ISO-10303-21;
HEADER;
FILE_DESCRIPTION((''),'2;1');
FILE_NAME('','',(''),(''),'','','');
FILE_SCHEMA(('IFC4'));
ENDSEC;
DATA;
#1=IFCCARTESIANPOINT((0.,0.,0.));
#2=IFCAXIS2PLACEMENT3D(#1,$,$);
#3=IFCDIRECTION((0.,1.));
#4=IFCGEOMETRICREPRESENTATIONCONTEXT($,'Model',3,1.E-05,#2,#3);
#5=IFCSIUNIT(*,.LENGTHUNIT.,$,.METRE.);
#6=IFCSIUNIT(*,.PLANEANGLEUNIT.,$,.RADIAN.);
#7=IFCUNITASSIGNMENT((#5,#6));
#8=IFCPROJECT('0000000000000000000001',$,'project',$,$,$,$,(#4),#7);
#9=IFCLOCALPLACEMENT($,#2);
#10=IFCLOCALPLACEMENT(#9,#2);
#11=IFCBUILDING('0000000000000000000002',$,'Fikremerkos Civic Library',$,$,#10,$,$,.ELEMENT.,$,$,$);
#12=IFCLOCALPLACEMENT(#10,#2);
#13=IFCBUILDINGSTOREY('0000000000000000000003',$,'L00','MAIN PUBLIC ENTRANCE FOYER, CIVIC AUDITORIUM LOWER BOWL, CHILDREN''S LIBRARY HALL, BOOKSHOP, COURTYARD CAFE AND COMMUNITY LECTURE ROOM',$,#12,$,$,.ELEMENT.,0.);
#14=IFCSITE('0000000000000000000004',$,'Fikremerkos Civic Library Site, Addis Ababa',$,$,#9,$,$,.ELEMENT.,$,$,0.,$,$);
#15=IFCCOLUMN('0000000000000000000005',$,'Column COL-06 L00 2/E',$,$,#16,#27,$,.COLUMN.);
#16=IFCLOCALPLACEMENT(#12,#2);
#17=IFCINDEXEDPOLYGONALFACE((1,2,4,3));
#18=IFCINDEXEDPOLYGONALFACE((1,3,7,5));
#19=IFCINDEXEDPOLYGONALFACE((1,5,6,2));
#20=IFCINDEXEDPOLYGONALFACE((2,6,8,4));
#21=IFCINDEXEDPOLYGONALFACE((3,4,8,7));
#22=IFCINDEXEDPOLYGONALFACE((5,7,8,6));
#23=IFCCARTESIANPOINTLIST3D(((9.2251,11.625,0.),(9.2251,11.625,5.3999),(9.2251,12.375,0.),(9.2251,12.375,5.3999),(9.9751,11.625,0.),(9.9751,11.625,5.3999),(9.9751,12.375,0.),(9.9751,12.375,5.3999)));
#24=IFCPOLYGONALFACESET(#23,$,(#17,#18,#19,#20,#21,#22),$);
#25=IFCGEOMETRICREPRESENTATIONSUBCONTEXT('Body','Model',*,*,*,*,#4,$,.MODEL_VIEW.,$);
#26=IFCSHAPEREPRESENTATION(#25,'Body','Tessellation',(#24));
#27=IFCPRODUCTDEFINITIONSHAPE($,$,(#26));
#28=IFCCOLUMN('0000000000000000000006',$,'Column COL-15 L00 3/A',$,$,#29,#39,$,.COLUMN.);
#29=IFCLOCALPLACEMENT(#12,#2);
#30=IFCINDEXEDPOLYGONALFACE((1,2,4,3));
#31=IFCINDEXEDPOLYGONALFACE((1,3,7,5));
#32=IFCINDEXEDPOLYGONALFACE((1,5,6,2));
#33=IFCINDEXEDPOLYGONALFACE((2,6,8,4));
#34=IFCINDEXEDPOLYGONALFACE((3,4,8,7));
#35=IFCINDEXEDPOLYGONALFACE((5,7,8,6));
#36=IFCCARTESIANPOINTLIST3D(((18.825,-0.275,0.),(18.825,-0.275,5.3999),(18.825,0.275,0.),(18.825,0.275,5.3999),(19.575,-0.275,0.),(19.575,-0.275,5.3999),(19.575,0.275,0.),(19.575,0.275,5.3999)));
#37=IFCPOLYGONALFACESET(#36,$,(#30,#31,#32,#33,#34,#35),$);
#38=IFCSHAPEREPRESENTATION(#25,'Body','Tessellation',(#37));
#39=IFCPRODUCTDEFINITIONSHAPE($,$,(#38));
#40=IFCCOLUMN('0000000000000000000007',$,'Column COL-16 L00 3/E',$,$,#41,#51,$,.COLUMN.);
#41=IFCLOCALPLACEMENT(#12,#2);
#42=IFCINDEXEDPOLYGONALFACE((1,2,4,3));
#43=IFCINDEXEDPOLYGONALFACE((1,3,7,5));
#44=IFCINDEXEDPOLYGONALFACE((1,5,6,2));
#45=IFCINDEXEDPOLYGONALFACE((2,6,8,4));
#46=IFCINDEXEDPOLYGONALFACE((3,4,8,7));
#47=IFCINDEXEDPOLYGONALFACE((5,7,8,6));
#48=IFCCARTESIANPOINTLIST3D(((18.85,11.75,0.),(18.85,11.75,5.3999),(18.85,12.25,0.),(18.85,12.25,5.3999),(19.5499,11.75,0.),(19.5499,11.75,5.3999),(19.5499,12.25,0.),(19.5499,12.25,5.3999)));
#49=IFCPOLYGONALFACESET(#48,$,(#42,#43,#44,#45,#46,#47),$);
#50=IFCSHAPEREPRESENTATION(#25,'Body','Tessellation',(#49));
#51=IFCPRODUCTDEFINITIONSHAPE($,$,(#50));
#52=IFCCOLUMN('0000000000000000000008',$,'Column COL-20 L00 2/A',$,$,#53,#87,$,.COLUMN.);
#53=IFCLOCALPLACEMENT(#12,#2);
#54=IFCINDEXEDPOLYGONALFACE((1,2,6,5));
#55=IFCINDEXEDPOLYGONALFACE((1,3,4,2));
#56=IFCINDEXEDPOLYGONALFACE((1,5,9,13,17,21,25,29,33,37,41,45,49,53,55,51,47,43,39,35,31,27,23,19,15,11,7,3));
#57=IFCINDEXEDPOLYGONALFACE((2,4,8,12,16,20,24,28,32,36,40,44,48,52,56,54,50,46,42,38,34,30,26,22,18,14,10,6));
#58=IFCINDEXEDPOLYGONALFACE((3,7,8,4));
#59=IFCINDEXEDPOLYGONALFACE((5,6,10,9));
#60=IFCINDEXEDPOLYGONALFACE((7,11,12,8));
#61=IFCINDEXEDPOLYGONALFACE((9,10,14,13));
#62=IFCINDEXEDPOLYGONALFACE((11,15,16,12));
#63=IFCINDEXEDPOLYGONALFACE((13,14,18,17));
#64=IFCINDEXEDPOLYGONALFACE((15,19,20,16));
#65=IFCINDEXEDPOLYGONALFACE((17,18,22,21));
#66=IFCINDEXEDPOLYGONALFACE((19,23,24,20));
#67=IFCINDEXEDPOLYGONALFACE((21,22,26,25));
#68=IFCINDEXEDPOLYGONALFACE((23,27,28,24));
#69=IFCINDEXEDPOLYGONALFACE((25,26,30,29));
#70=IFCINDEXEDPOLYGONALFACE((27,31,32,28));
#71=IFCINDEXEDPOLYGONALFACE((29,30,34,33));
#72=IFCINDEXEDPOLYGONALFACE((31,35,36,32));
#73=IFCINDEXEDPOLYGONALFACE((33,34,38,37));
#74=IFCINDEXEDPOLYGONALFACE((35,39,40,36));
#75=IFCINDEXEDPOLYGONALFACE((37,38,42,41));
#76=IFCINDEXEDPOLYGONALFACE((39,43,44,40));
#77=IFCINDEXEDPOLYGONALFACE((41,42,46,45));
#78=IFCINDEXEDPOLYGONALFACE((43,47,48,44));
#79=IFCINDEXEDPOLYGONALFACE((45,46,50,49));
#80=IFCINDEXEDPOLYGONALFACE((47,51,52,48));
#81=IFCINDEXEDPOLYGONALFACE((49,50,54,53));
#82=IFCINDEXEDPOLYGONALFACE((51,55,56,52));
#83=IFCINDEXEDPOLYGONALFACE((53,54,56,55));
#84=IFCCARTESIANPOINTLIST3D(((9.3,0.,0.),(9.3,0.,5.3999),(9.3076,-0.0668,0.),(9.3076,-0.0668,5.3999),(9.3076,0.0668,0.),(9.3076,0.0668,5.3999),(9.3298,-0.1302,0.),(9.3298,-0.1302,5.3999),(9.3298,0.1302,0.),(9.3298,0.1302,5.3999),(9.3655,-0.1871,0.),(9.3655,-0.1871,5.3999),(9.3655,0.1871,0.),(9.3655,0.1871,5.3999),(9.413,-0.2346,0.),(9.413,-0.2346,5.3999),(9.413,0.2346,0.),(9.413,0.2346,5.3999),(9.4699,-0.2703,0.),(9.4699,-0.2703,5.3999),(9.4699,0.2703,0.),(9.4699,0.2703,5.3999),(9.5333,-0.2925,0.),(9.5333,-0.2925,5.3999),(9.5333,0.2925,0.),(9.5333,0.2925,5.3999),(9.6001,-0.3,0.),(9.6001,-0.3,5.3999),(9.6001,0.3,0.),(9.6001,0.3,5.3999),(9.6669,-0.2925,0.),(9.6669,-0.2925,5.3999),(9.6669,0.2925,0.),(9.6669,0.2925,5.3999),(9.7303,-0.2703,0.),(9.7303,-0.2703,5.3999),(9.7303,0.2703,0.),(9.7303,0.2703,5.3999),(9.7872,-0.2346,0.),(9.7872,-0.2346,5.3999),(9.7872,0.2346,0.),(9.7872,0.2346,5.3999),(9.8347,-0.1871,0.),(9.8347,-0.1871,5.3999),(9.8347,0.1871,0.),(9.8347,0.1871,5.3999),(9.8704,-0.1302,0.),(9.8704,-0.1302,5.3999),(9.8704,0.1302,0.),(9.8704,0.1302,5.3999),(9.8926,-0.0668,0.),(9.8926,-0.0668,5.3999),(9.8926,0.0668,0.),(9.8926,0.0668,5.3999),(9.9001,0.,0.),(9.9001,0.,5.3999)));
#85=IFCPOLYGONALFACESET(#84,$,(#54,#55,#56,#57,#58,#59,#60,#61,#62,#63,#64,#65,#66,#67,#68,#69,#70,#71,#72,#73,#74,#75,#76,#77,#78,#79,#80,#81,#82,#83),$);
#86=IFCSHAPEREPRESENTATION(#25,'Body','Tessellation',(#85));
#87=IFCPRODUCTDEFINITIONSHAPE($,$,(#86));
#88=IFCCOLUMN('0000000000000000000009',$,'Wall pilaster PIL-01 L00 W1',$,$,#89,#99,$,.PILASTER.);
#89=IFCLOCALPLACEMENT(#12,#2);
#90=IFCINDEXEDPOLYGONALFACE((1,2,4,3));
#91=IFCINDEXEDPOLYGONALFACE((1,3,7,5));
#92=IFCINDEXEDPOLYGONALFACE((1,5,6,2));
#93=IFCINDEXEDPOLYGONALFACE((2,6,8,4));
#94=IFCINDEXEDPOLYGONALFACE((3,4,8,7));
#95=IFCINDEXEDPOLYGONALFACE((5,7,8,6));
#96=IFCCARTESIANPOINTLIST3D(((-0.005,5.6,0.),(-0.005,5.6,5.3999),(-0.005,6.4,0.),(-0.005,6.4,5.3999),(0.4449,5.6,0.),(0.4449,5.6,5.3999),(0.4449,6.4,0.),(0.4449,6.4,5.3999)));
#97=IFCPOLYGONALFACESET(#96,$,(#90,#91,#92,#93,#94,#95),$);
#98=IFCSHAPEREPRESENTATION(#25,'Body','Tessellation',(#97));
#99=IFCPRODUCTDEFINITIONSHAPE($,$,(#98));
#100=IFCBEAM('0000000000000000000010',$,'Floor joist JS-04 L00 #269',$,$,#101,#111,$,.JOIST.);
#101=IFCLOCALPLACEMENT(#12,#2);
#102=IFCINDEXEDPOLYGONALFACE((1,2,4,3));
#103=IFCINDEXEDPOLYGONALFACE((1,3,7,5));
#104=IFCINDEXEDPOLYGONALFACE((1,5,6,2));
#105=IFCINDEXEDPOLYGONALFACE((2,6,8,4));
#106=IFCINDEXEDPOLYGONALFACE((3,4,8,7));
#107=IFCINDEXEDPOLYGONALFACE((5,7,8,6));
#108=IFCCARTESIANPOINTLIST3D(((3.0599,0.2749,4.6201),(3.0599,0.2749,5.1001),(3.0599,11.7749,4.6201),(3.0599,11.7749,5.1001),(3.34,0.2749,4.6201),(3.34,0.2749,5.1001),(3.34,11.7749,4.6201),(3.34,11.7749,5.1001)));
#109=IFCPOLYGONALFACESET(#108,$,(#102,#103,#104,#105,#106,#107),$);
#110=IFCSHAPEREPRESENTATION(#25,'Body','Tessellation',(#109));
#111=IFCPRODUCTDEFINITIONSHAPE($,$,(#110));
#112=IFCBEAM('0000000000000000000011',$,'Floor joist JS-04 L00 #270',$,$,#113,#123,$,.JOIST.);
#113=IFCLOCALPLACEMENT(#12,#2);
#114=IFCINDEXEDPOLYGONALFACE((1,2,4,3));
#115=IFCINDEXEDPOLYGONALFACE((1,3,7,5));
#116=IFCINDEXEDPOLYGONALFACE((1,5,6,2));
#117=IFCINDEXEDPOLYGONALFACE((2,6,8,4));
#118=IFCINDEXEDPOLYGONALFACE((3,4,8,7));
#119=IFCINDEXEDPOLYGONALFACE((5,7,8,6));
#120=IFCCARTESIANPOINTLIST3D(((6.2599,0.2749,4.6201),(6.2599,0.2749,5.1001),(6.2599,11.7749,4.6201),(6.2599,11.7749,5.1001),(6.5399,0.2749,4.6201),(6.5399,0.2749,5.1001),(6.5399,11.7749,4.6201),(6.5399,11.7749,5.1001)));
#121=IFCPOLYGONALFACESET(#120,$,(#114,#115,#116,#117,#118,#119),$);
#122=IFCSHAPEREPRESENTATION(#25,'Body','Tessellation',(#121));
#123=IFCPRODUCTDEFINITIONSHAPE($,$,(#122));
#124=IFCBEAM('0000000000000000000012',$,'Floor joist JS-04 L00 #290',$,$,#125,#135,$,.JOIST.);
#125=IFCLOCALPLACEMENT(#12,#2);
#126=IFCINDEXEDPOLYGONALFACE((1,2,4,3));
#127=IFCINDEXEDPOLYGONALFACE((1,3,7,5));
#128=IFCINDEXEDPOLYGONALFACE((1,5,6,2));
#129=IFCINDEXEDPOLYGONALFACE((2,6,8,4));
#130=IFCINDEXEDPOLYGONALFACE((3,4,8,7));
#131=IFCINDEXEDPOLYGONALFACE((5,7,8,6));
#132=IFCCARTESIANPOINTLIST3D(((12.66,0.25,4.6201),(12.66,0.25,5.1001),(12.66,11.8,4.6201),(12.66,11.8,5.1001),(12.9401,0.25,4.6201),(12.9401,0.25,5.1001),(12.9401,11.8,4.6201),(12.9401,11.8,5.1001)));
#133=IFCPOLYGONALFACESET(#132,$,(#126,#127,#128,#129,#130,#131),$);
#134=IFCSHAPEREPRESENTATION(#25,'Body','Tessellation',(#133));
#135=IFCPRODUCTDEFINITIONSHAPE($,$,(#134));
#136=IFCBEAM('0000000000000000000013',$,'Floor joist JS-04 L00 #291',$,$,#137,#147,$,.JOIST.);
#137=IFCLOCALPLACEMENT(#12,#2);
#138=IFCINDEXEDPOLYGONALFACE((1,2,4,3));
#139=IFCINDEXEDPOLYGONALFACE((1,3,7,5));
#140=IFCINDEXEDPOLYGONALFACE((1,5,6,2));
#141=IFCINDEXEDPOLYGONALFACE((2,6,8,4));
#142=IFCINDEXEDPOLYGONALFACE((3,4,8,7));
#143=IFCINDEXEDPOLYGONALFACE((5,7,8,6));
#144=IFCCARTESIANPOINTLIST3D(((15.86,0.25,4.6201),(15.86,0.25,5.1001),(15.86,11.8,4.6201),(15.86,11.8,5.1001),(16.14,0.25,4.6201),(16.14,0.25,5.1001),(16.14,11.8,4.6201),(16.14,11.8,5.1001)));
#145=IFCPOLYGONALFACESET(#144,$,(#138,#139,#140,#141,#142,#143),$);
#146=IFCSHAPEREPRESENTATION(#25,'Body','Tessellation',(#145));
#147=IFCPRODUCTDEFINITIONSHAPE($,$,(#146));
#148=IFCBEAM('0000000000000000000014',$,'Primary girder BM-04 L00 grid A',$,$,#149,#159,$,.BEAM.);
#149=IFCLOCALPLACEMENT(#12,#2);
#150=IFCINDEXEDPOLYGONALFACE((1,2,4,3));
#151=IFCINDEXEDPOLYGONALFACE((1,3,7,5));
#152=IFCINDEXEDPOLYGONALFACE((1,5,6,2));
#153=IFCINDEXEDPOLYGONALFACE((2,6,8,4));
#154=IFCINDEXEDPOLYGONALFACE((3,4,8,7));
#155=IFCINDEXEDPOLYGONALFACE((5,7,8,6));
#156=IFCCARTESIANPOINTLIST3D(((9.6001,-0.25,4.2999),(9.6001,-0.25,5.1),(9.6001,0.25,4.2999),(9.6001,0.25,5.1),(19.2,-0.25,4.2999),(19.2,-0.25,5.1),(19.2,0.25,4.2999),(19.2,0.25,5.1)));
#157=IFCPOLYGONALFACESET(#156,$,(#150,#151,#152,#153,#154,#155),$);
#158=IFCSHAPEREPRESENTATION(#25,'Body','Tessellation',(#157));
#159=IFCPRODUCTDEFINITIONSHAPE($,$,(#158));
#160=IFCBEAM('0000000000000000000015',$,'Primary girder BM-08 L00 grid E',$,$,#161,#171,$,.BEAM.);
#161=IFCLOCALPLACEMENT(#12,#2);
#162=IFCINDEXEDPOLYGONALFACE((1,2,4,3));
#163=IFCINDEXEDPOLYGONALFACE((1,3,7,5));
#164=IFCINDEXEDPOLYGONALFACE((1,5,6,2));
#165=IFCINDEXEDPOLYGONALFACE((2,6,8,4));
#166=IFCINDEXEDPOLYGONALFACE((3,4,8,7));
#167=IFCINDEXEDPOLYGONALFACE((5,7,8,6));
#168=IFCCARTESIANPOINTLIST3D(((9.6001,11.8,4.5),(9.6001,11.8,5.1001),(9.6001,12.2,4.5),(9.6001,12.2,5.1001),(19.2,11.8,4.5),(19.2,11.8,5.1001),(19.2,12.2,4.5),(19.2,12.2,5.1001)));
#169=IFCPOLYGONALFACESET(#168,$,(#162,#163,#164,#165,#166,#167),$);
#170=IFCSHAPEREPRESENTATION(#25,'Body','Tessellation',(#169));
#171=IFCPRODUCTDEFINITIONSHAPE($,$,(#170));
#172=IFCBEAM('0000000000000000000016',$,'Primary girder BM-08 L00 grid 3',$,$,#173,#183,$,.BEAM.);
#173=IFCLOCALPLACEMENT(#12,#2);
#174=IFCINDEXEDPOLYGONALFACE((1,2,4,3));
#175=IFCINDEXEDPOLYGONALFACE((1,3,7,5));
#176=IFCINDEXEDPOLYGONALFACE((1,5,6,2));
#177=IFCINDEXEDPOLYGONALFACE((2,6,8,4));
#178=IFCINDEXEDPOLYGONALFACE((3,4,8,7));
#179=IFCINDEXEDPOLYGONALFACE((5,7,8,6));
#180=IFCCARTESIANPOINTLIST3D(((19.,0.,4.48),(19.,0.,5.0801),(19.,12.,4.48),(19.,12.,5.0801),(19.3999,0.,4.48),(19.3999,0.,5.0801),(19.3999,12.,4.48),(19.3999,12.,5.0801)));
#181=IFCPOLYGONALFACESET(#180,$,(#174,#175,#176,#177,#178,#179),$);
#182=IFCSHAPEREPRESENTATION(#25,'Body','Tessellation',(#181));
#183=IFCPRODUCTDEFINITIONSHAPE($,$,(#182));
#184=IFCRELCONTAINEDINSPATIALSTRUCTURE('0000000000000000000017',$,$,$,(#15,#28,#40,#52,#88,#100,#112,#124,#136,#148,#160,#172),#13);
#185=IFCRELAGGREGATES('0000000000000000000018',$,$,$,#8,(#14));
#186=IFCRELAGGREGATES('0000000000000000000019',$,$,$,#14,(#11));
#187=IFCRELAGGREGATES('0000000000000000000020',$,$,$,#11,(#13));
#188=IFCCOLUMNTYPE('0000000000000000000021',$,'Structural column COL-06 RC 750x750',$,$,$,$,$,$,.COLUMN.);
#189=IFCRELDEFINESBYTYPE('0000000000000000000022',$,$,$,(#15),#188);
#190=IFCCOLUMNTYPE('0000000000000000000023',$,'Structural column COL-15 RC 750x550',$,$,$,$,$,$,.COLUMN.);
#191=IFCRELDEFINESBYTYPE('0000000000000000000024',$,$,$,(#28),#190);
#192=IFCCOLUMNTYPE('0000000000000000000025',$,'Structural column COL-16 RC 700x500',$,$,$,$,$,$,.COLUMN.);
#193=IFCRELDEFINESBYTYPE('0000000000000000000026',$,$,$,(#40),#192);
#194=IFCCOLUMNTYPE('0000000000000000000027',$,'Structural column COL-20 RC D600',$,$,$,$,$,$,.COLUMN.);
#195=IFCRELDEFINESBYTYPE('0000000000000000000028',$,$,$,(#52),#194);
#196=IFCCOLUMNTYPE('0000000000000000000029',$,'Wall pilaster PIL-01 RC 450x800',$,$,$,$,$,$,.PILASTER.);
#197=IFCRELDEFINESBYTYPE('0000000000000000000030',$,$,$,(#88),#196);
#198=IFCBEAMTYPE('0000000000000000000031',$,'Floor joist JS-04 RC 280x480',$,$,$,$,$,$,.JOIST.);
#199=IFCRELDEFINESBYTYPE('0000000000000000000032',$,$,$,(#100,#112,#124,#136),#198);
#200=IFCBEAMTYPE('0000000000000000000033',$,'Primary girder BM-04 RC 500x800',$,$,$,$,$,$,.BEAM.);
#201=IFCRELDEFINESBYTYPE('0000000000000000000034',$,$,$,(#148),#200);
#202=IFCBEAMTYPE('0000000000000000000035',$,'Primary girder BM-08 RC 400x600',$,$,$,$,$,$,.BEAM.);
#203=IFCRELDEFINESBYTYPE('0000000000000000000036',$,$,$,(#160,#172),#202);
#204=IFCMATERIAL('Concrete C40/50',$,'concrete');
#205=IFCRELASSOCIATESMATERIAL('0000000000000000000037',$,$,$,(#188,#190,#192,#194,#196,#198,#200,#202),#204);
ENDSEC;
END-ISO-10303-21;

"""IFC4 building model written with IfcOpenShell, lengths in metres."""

from ifc_helpers import new_model, si_unit, direction, frame, origin, origin_2d, place, context, subcontext, project, spatial, rectangle, circle, extrude, material, material_profile, profile_set, type_object, element, save


model = new_model("IFC4")

# Units and contexts
model_context = context("Model", 3, precision=1e-05, world=origin(), true_north=direction((0.0, 1.0)))
body_context = subcontext(model_context, "Body", "Model", "MODEL_VIEW")
ifc_project = project(units=[si_unit("LENGTHUNIT", "METRE"), si_unit("PLANEANGLEUNIT", "RADIAN")], contexts=[model_context])

# Site, building, storey
site_placement = place(None, origin())
site = spatial("IfcSite", under=ifc_project, at=site_placement, Name="Fikremerkos Civic Library Site, Addis Ababa", CompositionType="ELEMENT", RefElevation=0.0)
building_placement = place(site_placement, origin())
building = spatial("IfcBuilding", under=site, at=building_placement, Name="Fikremerkos Civic Library", CompositionType="ELEMENT")
storey_placement = place(building_placement, origin())
storey = spatial("IfcBuildingStorey", under=building, at=storey_placement, Name="L00", Description="MAIN PUBLIC ENTRANCE FOYER, CIVIC AUDITORIUM LOWER BOWL, CHILDREN'S LIBRARY HALL, BOOKSHOP, COURTYARD CAFE AND COMMUNITY LECTURE ROOM", CompositionType="ELEMENT", Elevation=0.0)

# Columns
ifc_material_1 = material(Name="Concrete C40/50", Category="concrete")
ifc_material_profile_1 = material_profile(ifc_material_1, rectangle(XDim=0.75, YDim=0.75, at=origin_2d()), Name="RC 750x750")
ifc_profile_set_1 = profile_set([ifc_material_profile_1], Name="Concrete C40/50")
column_type_1 = type_object("IfcColumnType", Name="Structural column COL-06 RC 750x750", PredefinedType="COLUMN", material=ifc_profile_set_1)
column_1_placement = place(storey_placement, frame((9.6001, 12.0, 0.0), z_axis=(0.0, 0.0, 1.0), x_axis=(1.0, 0.0, 0.0)))
element("IfcColumn", 1, at=column_1_placement, inside=storey, type_object=column_type_1, Name="Column COL-06 L00 2/E", PredefinedType="COLUMN", context=body_context, shape_type="SweptSolid", body=[
    extrude(rectangle(XDim=0.75, YDim=0.75, at=origin_2d()), origin(), (0.0, 0.0, 1.0), 5.3999),
])
ifc_material_profile_2 = material_profile(ifc_material_1, rectangle(XDim=0.75, YDim=0.55, at=origin_2d()), Name="RC 750x550")
ifc_profile_set_2 = profile_set([ifc_material_profile_2], Name="Concrete C40/50")
column_type_2 = type_object("IfcColumnType", Name="Structural column COL-15 RC 750x550", PredefinedType="COLUMN", material=ifc_profile_set_2)
column_2_placement = place(storey_placement, frame((19.2, 0.0, 0.0), z_axis=(0.0, 0.0, 1.0), x_axis=(1.0, 0.0, 0.0)))
element("IfcColumn", 2, at=column_2_placement, inside=storey, type_object=column_type_2, Name="Column COL-15 L00 3/A", PredefinedType="COLUMN", context=body_context, shape_type="SweptSolid", body=[
    extrude(rectangle(XDim=0.75, YDim=0.55, at=origin_2d()), origin(), (0.0, 0.0, 1.0), 5.3999),
])
ifc_material_profile_3 = material_profile(ifc_material_1, rectangle(XDim=0.7, YDim=0.5, at=origin_2d()), Name="RC 700x500")
ifc_profile_set_3 = profile_set([ifc_material_profile_3], Name="Concrete C40/50")
column_type_3 = type_object("IfcColumnType", Name="Structural column COL-16 RC 700x500", PredefinedType="COLUMN", material=ifc_profile_set_3)
column_3_placement = place(storey_placement, frame((19.2, 12.0, 0.0), z_axis=(0.0, 0.0, 1.0), x_axis=(1.0, 0.0, 0.0)))
element("IfcColumn", 3, at=column_3_placement, inside=storey, type_object=column_type_3, Name="Column COL-16 L00 3/E", PredefinedType="COLUMN", context=body_context, shape_type="SweptSolid", body=[
    extrude(rectangle(XDim=0.7, YDim=0.5, at=origin_2d()), origin(), (0.0, 0.0, 1.0), 5.3999),
])
ifc_material_profile_4 = material_profile(ifc_material_1, circle(Radius=0.3, at=origin_2d()), Name="RC D600")
ifc_profile_set_4 = profile_set([ifc_material_profile_4], Name="Concrete C40/50")
column_type_4 = type_object("IfcColumnType", Name="Structural column COL-20 RC D600", PredefinedType="COLUMN", material=ifc_profile_set_4)
column_4_placement = place(storey_placement, frame((9.6001, 0.0, 0.0), z_axis=(0.0, 0.0, 1.0), x_axis=(1.0, 0.0, 0.0)))
element("IfcColumn", 4, at=column_4_placement, inside=storey, type_object=column_type_4, Name="Column COL-20 L00 2/A", PredefinedType="COLUMN", context=body_context, shape_type="SweptSolid", body=[
    extrude(circle(Radius=0.3, at=origin_2d()), origin(), (0.0, 0.0, 1.0), 5.3999),
])
ifc_material_profile_5 = material_profile(ifc_material_1, rectangle(XDim=0.45, YDim=0.8, at=origin_2d()), Name="RC 450x800")
ifc_profile_set_5 = profile_set([ifc_material_profile_5], Name="Concrete C40/50")
column_type_5 = type_object("IfcColumnType", Name="Wall pilaster PIL-01 RC 450x800", PredefinedType="PILASTER", material=ifc_profile_set_5)
column_5_placement = place(storey_placement, frame((0.22, 6.0, 0.0), z_axis=(0.0, 0.0, 1.0), x_axis=(1.0, 0.0, 0.0)))
element("IfcColumn", 5, at=column_5_placement, inside=storey, type_object=column_type_5, Name="Wall pilaster PIL-01 L00 W1", PredefinedType="PILASTER", context=body_context, shape_type="SweptSolid", body=[
    extrude(rectangle(XDim=0.45, YDim=0.8, at=origin_2d()), origin(), (0.0, 0.0, 1.0), 5.3999),
])

# Beams
ifc_material_profile_6 = material_profile(ifc_material_1, rectangle(XDim=0.28, YDim=0.48, at=origin_2d()), Name="RC 280x480")
ifc_profile_set_6 = profile_set([ifc_material_profile_6], Name="Concrete C40/50")
beam_type_1 = type_object("IfcBeamType", Name="Floor joist JS-04 RC 280x480", PredefinedType="JOIST", material=ifc_profile_set_6)
for number, where, z_axis, x_axis, name in (
    (6, (3.2, 0.2749, 4.8601), (0.0, 1.0, 0.0), (-1.0, 0.0, 0.0), "Floor joist JS-04 L00 #269"),
    (7, (6.3999, 0.2749, 4.8601), (0.0, 1.0, 0.0), (-1.0, 0.0, 0.0), "Floor joist JS-04 L00 #270"),
):
    element("IfcBeam", number, at=place(storey_placement, frame(where, z_axis=z_axis, x_axis=x_axis)), inside=storey, type_object=beam_type_1, Name=name, PredefinedType="JOIST", context=body_context, shape_type="SweptSolid", body=[
        extrude(rectangle(XDim=0.28, YDim=0.48, at=origin_2d()), origin(), (0.0, 0.0, 1.0), 11.5),
    ])
for number, where, z_axis, x_axis, name in (
    (8, (12.8, 0.25, 4.8601), (0.0, 1.0, 0.0), (-1.0, 0.0, 0.0), "Floor joist JS-04 L00 #290"),
    (9, (16.0, 0.25, 4.8601), (0.0, 1.0, 0.0), (-1.0, 0.0, 0.0), "Floor joist JS-04 L00 #291"),
):
    element("IfcBeam", number, at=place(storey_placement, frame(where, z_axis=z_axis, x_axis=x_axis)), inside=storey, type_object=beam_type_1, Name=name, PredefinedType="JOIST", context=body_context, shape_type="SweptSolid", body=[
        extrude(rectangle(XDim=0.28, YDim=0.48, at=origin_2d()), origin(), (0.0, 0.0, 1.0), 11.55),
    ])
ifc_material_profile_7 = material_profile(ifc_material_1, rectangle(XDim=0.5, YDim=0.8, at=origin_2d()), Name="RC 500x800")
ifc_profile_set_7 = profile_set([ifc_material_profile_7], Name="Concrete C40/50")
beam_type_2 = type_object("IfcBeamType", Name="Primary girder BM-04 RC 500x800", PredefinedType="BEAM", material=ifc_profile_set_7)
beam_1_placement = place(storey_placement, frame((9.6001, 0.0, 4.7), z_axis=(1.0, 0.0, 0.0), x_axis=(0.0, 1.0, 0.0)))
element("IfcBeam", 10, at=beam_1_placement, inside=storey, type_object=beam_type_2, Name="Primary girder BM-04 L00 grid A", PredefinedType="BEAM", context=body_context, shape_type="SweptSolid", body=[
    extrude(rectangle(XDim=0.5, YDim=0.8, at=origin_2d()), origin(), (0.0, 0.0, 1.0), 9.5999),
])
ifc_material_profile_8 = material_profile(ifc_material_1, rectangle(XDim=0.3999, YDim=0.6001, at=origin_2d()), Name="RC 400x600")
ifc_profile_set_8 = profile_set([ifc_material_profile_8], Name="Concrete C40/50")
beam_type_3 = type_object("IfcBeamType", Name="Primary girder BM-08 RC 400x600", PredefinedType="BEAM", material=ifc_profile_set_8)
beam_2_placement = place(storey_placement, frame((9.6001, 12.0, 4.8), z_axis=(1.0, 0.0, 0.0), x_axis=(0.0, 1.0, 0.0)))
element("IfcBeam", 11, at=beam_2_placement, inside=storey, type_object=beam_type_3, Name="Primary girder BM-08 L00 grid E", PredefinedType="BEAM", context=body_context, shape_type="SweptSolid", body=[
    extrude(rectangle(XDim=0.3999, YDim=0.6001, at=origin_2d()), origin(), (0.0, 0.0, 1.0), 9.5999),
])
beam_3_placement = place(storey_placement, frame((19.2, 0.0, 4.78), z_axis=(0.0, 1.0, 0.0), x_axis=(-1.0, 0.0, 0.0)))
element("IfcBeam", 12, at=beam_3_placement, inside=storey, type_object=beam_type_3, Name="Primary girder BM-08 L00 grid 3", PredefinedType="BEAM", context=body_context, shape_type="SweptSolid", body=[
    extrude(rectangle(XDim=0.3999, YDim=0.6001, at=origin_2d()), origin(), (0.0, 0.0, 1.0), 12.0),
])

save(model, "model.ifc")
